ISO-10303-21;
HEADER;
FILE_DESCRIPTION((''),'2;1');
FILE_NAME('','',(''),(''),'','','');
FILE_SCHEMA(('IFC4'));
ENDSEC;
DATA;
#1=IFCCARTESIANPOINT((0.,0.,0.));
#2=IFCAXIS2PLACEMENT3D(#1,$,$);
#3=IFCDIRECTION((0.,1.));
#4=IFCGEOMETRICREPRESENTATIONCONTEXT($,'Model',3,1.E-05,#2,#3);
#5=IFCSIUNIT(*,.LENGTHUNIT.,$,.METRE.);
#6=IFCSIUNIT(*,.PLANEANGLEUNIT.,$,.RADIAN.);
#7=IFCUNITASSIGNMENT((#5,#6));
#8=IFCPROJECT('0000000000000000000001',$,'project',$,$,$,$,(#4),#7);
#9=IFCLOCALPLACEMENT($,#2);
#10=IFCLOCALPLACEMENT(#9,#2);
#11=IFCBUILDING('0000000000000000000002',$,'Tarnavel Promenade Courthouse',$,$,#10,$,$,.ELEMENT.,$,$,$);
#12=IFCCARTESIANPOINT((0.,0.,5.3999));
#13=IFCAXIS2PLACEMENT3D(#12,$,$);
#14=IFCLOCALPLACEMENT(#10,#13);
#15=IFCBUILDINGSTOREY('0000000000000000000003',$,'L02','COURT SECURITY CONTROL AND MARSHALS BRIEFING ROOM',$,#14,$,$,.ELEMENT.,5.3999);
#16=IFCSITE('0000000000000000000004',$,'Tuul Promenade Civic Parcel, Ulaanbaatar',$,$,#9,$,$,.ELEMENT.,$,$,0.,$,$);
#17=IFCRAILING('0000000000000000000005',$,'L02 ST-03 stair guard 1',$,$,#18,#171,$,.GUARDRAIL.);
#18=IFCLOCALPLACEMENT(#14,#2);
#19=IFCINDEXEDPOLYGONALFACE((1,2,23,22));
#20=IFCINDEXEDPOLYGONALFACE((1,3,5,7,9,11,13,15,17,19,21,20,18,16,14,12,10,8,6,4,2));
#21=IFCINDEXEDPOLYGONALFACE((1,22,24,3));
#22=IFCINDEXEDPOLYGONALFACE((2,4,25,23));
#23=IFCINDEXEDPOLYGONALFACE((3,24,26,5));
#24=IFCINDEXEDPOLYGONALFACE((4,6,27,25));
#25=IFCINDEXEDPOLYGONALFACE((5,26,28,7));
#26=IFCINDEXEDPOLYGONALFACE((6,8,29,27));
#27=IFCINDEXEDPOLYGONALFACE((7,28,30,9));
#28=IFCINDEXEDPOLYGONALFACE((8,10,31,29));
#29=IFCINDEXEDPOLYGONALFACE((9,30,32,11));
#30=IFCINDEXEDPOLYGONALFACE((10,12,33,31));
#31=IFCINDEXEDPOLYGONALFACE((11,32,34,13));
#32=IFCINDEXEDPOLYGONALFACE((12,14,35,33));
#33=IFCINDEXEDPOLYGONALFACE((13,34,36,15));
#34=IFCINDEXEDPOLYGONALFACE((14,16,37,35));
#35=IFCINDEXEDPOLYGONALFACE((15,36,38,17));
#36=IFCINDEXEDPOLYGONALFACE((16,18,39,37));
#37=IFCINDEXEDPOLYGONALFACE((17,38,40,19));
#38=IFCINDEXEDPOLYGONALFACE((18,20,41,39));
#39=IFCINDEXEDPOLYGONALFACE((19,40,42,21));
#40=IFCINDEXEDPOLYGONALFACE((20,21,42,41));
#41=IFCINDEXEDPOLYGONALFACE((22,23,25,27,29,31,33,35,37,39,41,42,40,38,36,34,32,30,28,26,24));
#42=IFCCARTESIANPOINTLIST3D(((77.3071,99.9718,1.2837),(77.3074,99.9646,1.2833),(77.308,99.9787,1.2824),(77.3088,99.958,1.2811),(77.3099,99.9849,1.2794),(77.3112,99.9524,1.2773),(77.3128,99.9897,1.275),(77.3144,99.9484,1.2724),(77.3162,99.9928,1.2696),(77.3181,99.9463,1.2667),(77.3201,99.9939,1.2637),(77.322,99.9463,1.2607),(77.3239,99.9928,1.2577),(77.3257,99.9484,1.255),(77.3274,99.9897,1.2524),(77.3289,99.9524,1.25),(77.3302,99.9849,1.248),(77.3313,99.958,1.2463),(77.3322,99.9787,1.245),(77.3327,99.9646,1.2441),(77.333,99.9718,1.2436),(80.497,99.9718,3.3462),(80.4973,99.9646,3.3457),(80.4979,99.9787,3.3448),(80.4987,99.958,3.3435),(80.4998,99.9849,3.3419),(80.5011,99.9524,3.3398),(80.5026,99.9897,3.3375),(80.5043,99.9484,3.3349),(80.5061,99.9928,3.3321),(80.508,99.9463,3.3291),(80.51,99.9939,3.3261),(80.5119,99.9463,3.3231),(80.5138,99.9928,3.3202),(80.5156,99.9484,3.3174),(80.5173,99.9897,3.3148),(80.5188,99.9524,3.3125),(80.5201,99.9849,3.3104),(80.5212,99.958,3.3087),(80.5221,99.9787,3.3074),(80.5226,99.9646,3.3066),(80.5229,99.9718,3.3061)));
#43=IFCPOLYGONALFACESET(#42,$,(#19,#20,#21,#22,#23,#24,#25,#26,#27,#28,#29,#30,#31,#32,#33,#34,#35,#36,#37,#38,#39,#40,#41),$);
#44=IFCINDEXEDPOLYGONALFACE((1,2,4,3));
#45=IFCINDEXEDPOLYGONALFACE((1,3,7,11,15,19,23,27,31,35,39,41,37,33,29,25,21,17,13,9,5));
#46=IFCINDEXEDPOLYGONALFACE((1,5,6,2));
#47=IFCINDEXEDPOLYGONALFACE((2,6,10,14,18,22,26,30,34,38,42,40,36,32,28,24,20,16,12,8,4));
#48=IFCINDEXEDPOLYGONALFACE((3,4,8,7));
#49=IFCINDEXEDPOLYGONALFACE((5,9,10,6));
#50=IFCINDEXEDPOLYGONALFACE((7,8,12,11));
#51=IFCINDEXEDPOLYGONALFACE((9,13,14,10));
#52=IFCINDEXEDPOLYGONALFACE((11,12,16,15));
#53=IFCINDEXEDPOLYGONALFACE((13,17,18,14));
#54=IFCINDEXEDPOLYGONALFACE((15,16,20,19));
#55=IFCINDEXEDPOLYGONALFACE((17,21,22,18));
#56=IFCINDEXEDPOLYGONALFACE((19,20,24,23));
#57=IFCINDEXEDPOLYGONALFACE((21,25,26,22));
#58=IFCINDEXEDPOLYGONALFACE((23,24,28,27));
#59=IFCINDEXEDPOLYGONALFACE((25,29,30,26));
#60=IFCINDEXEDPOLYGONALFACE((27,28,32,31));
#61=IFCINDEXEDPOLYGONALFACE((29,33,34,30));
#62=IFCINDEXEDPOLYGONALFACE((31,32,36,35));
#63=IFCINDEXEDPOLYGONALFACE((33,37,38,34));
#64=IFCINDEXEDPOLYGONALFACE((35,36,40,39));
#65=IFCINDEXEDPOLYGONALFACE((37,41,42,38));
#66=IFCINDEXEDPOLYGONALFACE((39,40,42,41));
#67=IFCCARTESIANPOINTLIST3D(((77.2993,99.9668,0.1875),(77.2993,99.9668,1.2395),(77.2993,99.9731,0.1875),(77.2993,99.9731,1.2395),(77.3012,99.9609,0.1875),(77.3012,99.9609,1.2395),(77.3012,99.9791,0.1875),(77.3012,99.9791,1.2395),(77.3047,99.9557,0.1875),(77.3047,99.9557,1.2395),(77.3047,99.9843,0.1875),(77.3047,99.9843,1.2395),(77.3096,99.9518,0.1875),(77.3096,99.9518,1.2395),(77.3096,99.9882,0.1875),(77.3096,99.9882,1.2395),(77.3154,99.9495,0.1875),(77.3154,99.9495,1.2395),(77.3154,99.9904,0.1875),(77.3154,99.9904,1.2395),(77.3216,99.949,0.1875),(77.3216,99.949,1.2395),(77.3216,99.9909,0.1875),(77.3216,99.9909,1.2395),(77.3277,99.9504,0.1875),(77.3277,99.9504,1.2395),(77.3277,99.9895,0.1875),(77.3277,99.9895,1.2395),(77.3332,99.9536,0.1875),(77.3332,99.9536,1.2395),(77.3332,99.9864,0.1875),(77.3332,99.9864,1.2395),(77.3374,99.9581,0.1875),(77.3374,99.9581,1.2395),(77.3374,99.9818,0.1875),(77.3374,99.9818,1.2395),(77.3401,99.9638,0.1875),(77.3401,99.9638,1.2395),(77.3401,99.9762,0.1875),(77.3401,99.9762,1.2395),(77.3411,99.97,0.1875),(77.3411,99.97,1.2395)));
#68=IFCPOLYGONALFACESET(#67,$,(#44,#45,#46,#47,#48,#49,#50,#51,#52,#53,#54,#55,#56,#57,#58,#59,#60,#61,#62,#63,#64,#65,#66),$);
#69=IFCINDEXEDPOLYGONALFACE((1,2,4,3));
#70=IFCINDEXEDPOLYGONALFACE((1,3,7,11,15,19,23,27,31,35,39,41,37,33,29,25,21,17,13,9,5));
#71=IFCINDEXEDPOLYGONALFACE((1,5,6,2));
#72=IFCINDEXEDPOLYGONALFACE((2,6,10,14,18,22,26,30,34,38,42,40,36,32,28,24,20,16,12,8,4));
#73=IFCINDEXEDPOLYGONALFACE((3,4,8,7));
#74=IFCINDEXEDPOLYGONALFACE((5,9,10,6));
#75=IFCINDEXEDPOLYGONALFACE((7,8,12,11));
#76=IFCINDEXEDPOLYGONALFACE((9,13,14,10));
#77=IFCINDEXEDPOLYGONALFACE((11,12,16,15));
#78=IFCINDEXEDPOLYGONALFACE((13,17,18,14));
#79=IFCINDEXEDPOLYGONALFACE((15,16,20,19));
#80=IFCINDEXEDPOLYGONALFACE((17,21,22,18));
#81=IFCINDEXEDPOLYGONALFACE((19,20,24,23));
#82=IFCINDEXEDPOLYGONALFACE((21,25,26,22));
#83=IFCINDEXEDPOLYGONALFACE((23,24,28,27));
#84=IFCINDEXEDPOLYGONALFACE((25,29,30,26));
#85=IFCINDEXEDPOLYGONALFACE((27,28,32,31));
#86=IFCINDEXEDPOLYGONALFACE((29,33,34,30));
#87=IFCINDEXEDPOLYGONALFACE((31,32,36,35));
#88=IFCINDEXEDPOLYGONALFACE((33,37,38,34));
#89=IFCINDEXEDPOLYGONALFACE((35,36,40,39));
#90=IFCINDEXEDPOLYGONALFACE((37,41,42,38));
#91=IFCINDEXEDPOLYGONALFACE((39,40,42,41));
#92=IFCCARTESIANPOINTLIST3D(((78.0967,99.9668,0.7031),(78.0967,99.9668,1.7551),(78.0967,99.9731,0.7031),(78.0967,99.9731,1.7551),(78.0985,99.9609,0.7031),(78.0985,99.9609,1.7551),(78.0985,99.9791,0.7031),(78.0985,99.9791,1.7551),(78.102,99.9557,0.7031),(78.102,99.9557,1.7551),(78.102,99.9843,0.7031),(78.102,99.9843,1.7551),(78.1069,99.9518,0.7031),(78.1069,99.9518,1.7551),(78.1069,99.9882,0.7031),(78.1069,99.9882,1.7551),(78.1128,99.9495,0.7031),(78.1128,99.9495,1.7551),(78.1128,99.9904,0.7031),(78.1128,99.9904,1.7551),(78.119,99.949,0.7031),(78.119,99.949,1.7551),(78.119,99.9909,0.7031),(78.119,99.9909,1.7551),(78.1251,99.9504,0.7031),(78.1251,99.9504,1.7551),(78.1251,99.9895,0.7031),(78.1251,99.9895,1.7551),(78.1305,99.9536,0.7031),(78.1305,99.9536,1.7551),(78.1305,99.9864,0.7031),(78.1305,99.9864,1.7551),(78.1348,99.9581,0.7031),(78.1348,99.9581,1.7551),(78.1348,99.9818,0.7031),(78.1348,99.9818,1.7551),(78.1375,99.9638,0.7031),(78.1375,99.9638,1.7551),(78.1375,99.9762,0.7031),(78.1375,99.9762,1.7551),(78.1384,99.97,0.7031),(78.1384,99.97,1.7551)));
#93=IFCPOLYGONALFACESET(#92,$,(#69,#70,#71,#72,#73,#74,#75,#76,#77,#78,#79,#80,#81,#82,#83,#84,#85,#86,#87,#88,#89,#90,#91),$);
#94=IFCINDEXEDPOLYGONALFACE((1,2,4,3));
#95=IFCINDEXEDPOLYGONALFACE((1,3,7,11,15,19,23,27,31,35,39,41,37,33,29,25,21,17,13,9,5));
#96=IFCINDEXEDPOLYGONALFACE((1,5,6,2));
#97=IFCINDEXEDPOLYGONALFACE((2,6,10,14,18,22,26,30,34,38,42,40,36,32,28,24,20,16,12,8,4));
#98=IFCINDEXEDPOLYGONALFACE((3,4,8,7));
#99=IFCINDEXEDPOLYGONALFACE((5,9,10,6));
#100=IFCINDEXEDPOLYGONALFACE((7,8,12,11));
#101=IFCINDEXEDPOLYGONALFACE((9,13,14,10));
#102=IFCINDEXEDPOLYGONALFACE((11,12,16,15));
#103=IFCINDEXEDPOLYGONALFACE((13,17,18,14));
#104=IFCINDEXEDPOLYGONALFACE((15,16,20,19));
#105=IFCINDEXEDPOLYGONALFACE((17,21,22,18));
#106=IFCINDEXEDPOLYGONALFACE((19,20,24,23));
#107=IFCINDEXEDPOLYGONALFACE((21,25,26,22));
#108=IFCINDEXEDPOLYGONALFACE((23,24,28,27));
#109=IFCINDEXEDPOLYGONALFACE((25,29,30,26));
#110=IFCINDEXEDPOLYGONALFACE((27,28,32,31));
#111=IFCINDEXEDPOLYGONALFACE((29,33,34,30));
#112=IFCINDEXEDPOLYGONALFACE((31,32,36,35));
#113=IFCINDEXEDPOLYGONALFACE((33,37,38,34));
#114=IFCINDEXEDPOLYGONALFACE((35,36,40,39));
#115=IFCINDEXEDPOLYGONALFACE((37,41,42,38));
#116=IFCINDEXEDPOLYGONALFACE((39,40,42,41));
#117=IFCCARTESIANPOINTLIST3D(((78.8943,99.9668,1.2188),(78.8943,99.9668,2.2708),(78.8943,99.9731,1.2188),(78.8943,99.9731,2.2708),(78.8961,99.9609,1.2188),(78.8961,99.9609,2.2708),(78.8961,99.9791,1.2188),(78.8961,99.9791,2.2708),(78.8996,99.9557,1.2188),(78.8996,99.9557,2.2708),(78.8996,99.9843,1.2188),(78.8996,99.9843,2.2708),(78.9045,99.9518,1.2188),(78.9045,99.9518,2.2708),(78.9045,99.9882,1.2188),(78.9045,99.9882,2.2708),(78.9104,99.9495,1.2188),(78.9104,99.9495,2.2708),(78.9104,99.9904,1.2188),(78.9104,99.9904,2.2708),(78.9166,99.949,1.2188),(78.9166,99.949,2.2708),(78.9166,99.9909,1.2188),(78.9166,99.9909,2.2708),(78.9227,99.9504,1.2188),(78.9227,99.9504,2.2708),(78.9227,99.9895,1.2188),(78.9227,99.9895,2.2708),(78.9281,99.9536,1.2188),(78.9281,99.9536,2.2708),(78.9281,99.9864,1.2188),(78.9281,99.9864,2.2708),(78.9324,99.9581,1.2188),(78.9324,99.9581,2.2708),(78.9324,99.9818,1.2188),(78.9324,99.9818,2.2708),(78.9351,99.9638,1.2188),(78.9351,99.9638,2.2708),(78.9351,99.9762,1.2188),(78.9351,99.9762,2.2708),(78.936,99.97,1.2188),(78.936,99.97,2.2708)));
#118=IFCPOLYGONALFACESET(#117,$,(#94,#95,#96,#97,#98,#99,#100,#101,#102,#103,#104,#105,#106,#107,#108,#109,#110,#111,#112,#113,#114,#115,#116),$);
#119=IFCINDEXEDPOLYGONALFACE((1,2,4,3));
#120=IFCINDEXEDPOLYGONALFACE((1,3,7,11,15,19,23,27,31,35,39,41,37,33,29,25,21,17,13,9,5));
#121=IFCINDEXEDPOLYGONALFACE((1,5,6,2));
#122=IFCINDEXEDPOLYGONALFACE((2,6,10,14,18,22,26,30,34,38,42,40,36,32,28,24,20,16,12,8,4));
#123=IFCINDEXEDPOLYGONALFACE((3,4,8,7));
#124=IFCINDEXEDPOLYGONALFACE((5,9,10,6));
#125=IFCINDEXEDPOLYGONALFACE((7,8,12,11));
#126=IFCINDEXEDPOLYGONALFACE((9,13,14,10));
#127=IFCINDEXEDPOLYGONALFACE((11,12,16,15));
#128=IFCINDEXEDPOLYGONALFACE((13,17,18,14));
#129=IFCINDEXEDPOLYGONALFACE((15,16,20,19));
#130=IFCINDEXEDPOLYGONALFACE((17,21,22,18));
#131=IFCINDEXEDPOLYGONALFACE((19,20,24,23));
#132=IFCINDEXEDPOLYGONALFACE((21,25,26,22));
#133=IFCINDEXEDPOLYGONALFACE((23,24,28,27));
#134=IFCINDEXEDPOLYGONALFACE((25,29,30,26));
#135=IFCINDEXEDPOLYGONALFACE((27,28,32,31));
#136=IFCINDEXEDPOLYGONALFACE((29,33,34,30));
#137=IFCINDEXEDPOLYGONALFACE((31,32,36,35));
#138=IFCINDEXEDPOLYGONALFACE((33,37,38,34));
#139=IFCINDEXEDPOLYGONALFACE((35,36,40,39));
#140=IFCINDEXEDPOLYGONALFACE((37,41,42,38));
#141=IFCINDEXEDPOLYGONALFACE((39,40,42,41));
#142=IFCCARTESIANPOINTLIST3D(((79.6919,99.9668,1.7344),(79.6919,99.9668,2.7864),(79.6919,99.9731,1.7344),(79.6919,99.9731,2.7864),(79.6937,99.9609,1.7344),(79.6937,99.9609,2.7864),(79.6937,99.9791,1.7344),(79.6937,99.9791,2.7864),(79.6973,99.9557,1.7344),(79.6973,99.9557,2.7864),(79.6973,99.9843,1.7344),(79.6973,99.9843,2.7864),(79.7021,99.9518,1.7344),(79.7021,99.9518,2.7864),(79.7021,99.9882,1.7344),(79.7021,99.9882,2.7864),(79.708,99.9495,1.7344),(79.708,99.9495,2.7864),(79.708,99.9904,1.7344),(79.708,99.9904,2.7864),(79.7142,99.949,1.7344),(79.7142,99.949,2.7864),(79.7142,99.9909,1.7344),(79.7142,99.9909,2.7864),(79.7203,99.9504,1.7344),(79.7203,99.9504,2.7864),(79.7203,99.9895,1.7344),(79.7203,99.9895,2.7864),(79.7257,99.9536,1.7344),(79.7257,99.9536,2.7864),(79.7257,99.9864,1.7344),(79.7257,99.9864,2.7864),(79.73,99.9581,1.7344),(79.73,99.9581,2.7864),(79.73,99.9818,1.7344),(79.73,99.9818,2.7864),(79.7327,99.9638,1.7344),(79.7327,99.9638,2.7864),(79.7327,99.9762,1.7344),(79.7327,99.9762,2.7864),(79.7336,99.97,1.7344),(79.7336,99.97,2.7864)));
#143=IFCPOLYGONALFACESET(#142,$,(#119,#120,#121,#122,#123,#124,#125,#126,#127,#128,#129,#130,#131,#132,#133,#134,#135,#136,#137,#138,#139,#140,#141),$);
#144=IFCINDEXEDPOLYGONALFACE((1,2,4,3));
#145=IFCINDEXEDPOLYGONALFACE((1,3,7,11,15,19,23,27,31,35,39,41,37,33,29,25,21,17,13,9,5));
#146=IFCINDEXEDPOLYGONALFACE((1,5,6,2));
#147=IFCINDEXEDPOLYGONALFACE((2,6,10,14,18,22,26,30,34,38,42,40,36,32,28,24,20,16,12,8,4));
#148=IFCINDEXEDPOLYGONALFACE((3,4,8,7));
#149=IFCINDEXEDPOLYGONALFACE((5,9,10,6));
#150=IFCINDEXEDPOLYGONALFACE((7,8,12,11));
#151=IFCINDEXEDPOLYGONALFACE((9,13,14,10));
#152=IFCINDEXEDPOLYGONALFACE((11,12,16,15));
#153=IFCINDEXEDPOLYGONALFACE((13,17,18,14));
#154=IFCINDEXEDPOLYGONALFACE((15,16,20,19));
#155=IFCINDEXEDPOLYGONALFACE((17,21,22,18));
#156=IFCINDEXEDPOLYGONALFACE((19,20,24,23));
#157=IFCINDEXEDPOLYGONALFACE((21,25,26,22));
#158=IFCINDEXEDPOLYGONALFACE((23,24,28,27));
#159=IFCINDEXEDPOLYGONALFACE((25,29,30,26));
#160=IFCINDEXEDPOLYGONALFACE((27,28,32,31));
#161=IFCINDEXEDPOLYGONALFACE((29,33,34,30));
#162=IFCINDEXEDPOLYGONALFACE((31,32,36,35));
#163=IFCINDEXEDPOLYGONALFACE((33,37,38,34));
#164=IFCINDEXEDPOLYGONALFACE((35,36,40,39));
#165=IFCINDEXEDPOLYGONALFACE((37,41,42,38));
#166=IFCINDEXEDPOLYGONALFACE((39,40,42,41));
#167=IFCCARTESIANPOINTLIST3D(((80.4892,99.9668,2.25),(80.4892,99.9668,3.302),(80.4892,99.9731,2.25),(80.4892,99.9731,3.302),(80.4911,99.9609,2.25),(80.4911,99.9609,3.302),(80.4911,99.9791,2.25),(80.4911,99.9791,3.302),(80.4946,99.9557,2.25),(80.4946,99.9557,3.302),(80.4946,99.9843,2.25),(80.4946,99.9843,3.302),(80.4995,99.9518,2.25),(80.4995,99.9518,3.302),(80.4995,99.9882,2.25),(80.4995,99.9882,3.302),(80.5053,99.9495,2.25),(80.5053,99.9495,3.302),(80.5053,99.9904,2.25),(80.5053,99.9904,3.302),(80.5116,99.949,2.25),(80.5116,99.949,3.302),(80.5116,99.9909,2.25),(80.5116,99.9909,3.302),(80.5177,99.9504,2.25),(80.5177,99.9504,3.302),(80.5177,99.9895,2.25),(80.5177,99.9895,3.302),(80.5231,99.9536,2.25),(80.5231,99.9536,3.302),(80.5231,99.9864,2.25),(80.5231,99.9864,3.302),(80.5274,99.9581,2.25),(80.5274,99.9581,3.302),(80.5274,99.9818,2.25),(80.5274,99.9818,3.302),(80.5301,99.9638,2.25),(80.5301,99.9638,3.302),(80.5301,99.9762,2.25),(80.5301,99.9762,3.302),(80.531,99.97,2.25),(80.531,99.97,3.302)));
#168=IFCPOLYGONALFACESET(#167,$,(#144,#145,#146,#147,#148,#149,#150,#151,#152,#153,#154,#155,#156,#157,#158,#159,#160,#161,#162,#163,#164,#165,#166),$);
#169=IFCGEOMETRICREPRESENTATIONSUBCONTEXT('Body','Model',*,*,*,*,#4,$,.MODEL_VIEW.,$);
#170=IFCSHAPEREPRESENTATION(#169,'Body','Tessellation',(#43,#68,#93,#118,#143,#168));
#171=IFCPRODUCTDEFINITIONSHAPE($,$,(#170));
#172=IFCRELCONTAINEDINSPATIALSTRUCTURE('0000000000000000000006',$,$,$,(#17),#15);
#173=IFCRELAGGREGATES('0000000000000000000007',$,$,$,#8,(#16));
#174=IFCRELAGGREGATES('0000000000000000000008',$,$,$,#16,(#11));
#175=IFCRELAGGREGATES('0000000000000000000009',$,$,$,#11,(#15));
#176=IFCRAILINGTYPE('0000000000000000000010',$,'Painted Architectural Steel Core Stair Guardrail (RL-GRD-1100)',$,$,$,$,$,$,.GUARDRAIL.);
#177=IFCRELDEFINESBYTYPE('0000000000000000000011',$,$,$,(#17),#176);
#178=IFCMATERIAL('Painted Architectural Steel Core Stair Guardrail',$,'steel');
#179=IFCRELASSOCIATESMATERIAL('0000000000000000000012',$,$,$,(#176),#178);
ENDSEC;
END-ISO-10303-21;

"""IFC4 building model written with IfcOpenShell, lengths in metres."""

from ifc_helpers import new_model, si_unit, direction, frame, origin, origin_2d, place, context, subcontext, project, spatial, circle, extrude, material, type_object, element, save


model = new_model("IFC4")

# Units and contexts
model_context = context("Model", 3, precision=1e-05, world=origin(), true_north=direction((0.0, 1.0)))
body_context = subcontext(model_context, "Body", "Model", "MODEL_VIEW")
ifc_project = project(units=[si_unit("LENGTHUNIT", "METRE"), si_unit("PLANEANGLEUNIT", "RADIAN")], contexts=[model_context])

# Site, building, storey
site_placement = place(None, origin())
site = spatial("IfcSite", under=ifc_project, at=site_placement, Name="Tuul Promenade Civic Parcel, Ulaanbaatar", CompositionType="ELEMENT", RefElevation=0.0)
building_placement = place(site_placement, origin())
building = spatial("IfcBuilding", under=site, at=building_placement, Name="Tarnavel Promenade Courthouse", CompositionType="ELEMENT")
storey_placement = place(building_placement, frame((0.0, 0.0, 5.3999)))
storey = spatial("IfcBuildingStorey", under=building, at=storey_placement, Name="L02", Description="COURT SECURITY CONTROL AND MARSHALS BRIEFING ROOM", CompositionType="ELEMENT", Elevation=5.3999)

# Railing
ifc_material_1 = material(Name="Painted Architectural Steel Core Stair Guardrail", Category="steel")
railing_type_1 = type_object("IfcRailingType", Name="Painted Architectural Steel Core Stair Guardrail (RL-GRD-1100)", PredefinedType="GUARDRAIL", material=ifc_material_1)
railing_1_placement = place(storey_placement, frame((77.3201, 99.97, 0.1875)))
element("IfcRailing", 1, at=railing_1_placement, inside=storey, type_object=railing_type_1, Name="L02 ST-03 stair guard 1", PredefinedType="GUARDRAIL", context=body_context, shape_type="SweptSolid", body=[
    extrude(circle(Radius=0.0239, at=origin_2d()), frame((0.0, 0.0, 1.0762), z_axis=(0.83976, 0.0, 0.542958), x_axis=(0.0, 1.0, 0.0)), (0.0, 0.0, 1.0), 3.7986),
    extrude(circle(Radius=0.021, at=origin_2d()), origin(), (0.0, 0.0, 1.0), 1.052),
    extrude(circle(Radius=0.021, at=origin_2d()), frame((0.7974, 0.0, 0.5156)), (0.0, 0.0, 1.0), 1.052),
    extrude(circle(Radius=0.021, at=origin_2d()), frame((1.595, 0.0, 1.0312)), (0.0, 0.0, 1.0), 1.052),
    extrude(circle(Radius=0.021, at=origin_2d()), frame((2.3926, 0.0, 1.5469)), (0.0, 0.0, 1.0), 1.052),
    extrude(circle(Radius=0.021, at=origin_2d()), frame((3.1899, 0.0, 2.0625)), (0.0, 0.0, 1.0), 1.052),
])

save(model, "model.ifc")
